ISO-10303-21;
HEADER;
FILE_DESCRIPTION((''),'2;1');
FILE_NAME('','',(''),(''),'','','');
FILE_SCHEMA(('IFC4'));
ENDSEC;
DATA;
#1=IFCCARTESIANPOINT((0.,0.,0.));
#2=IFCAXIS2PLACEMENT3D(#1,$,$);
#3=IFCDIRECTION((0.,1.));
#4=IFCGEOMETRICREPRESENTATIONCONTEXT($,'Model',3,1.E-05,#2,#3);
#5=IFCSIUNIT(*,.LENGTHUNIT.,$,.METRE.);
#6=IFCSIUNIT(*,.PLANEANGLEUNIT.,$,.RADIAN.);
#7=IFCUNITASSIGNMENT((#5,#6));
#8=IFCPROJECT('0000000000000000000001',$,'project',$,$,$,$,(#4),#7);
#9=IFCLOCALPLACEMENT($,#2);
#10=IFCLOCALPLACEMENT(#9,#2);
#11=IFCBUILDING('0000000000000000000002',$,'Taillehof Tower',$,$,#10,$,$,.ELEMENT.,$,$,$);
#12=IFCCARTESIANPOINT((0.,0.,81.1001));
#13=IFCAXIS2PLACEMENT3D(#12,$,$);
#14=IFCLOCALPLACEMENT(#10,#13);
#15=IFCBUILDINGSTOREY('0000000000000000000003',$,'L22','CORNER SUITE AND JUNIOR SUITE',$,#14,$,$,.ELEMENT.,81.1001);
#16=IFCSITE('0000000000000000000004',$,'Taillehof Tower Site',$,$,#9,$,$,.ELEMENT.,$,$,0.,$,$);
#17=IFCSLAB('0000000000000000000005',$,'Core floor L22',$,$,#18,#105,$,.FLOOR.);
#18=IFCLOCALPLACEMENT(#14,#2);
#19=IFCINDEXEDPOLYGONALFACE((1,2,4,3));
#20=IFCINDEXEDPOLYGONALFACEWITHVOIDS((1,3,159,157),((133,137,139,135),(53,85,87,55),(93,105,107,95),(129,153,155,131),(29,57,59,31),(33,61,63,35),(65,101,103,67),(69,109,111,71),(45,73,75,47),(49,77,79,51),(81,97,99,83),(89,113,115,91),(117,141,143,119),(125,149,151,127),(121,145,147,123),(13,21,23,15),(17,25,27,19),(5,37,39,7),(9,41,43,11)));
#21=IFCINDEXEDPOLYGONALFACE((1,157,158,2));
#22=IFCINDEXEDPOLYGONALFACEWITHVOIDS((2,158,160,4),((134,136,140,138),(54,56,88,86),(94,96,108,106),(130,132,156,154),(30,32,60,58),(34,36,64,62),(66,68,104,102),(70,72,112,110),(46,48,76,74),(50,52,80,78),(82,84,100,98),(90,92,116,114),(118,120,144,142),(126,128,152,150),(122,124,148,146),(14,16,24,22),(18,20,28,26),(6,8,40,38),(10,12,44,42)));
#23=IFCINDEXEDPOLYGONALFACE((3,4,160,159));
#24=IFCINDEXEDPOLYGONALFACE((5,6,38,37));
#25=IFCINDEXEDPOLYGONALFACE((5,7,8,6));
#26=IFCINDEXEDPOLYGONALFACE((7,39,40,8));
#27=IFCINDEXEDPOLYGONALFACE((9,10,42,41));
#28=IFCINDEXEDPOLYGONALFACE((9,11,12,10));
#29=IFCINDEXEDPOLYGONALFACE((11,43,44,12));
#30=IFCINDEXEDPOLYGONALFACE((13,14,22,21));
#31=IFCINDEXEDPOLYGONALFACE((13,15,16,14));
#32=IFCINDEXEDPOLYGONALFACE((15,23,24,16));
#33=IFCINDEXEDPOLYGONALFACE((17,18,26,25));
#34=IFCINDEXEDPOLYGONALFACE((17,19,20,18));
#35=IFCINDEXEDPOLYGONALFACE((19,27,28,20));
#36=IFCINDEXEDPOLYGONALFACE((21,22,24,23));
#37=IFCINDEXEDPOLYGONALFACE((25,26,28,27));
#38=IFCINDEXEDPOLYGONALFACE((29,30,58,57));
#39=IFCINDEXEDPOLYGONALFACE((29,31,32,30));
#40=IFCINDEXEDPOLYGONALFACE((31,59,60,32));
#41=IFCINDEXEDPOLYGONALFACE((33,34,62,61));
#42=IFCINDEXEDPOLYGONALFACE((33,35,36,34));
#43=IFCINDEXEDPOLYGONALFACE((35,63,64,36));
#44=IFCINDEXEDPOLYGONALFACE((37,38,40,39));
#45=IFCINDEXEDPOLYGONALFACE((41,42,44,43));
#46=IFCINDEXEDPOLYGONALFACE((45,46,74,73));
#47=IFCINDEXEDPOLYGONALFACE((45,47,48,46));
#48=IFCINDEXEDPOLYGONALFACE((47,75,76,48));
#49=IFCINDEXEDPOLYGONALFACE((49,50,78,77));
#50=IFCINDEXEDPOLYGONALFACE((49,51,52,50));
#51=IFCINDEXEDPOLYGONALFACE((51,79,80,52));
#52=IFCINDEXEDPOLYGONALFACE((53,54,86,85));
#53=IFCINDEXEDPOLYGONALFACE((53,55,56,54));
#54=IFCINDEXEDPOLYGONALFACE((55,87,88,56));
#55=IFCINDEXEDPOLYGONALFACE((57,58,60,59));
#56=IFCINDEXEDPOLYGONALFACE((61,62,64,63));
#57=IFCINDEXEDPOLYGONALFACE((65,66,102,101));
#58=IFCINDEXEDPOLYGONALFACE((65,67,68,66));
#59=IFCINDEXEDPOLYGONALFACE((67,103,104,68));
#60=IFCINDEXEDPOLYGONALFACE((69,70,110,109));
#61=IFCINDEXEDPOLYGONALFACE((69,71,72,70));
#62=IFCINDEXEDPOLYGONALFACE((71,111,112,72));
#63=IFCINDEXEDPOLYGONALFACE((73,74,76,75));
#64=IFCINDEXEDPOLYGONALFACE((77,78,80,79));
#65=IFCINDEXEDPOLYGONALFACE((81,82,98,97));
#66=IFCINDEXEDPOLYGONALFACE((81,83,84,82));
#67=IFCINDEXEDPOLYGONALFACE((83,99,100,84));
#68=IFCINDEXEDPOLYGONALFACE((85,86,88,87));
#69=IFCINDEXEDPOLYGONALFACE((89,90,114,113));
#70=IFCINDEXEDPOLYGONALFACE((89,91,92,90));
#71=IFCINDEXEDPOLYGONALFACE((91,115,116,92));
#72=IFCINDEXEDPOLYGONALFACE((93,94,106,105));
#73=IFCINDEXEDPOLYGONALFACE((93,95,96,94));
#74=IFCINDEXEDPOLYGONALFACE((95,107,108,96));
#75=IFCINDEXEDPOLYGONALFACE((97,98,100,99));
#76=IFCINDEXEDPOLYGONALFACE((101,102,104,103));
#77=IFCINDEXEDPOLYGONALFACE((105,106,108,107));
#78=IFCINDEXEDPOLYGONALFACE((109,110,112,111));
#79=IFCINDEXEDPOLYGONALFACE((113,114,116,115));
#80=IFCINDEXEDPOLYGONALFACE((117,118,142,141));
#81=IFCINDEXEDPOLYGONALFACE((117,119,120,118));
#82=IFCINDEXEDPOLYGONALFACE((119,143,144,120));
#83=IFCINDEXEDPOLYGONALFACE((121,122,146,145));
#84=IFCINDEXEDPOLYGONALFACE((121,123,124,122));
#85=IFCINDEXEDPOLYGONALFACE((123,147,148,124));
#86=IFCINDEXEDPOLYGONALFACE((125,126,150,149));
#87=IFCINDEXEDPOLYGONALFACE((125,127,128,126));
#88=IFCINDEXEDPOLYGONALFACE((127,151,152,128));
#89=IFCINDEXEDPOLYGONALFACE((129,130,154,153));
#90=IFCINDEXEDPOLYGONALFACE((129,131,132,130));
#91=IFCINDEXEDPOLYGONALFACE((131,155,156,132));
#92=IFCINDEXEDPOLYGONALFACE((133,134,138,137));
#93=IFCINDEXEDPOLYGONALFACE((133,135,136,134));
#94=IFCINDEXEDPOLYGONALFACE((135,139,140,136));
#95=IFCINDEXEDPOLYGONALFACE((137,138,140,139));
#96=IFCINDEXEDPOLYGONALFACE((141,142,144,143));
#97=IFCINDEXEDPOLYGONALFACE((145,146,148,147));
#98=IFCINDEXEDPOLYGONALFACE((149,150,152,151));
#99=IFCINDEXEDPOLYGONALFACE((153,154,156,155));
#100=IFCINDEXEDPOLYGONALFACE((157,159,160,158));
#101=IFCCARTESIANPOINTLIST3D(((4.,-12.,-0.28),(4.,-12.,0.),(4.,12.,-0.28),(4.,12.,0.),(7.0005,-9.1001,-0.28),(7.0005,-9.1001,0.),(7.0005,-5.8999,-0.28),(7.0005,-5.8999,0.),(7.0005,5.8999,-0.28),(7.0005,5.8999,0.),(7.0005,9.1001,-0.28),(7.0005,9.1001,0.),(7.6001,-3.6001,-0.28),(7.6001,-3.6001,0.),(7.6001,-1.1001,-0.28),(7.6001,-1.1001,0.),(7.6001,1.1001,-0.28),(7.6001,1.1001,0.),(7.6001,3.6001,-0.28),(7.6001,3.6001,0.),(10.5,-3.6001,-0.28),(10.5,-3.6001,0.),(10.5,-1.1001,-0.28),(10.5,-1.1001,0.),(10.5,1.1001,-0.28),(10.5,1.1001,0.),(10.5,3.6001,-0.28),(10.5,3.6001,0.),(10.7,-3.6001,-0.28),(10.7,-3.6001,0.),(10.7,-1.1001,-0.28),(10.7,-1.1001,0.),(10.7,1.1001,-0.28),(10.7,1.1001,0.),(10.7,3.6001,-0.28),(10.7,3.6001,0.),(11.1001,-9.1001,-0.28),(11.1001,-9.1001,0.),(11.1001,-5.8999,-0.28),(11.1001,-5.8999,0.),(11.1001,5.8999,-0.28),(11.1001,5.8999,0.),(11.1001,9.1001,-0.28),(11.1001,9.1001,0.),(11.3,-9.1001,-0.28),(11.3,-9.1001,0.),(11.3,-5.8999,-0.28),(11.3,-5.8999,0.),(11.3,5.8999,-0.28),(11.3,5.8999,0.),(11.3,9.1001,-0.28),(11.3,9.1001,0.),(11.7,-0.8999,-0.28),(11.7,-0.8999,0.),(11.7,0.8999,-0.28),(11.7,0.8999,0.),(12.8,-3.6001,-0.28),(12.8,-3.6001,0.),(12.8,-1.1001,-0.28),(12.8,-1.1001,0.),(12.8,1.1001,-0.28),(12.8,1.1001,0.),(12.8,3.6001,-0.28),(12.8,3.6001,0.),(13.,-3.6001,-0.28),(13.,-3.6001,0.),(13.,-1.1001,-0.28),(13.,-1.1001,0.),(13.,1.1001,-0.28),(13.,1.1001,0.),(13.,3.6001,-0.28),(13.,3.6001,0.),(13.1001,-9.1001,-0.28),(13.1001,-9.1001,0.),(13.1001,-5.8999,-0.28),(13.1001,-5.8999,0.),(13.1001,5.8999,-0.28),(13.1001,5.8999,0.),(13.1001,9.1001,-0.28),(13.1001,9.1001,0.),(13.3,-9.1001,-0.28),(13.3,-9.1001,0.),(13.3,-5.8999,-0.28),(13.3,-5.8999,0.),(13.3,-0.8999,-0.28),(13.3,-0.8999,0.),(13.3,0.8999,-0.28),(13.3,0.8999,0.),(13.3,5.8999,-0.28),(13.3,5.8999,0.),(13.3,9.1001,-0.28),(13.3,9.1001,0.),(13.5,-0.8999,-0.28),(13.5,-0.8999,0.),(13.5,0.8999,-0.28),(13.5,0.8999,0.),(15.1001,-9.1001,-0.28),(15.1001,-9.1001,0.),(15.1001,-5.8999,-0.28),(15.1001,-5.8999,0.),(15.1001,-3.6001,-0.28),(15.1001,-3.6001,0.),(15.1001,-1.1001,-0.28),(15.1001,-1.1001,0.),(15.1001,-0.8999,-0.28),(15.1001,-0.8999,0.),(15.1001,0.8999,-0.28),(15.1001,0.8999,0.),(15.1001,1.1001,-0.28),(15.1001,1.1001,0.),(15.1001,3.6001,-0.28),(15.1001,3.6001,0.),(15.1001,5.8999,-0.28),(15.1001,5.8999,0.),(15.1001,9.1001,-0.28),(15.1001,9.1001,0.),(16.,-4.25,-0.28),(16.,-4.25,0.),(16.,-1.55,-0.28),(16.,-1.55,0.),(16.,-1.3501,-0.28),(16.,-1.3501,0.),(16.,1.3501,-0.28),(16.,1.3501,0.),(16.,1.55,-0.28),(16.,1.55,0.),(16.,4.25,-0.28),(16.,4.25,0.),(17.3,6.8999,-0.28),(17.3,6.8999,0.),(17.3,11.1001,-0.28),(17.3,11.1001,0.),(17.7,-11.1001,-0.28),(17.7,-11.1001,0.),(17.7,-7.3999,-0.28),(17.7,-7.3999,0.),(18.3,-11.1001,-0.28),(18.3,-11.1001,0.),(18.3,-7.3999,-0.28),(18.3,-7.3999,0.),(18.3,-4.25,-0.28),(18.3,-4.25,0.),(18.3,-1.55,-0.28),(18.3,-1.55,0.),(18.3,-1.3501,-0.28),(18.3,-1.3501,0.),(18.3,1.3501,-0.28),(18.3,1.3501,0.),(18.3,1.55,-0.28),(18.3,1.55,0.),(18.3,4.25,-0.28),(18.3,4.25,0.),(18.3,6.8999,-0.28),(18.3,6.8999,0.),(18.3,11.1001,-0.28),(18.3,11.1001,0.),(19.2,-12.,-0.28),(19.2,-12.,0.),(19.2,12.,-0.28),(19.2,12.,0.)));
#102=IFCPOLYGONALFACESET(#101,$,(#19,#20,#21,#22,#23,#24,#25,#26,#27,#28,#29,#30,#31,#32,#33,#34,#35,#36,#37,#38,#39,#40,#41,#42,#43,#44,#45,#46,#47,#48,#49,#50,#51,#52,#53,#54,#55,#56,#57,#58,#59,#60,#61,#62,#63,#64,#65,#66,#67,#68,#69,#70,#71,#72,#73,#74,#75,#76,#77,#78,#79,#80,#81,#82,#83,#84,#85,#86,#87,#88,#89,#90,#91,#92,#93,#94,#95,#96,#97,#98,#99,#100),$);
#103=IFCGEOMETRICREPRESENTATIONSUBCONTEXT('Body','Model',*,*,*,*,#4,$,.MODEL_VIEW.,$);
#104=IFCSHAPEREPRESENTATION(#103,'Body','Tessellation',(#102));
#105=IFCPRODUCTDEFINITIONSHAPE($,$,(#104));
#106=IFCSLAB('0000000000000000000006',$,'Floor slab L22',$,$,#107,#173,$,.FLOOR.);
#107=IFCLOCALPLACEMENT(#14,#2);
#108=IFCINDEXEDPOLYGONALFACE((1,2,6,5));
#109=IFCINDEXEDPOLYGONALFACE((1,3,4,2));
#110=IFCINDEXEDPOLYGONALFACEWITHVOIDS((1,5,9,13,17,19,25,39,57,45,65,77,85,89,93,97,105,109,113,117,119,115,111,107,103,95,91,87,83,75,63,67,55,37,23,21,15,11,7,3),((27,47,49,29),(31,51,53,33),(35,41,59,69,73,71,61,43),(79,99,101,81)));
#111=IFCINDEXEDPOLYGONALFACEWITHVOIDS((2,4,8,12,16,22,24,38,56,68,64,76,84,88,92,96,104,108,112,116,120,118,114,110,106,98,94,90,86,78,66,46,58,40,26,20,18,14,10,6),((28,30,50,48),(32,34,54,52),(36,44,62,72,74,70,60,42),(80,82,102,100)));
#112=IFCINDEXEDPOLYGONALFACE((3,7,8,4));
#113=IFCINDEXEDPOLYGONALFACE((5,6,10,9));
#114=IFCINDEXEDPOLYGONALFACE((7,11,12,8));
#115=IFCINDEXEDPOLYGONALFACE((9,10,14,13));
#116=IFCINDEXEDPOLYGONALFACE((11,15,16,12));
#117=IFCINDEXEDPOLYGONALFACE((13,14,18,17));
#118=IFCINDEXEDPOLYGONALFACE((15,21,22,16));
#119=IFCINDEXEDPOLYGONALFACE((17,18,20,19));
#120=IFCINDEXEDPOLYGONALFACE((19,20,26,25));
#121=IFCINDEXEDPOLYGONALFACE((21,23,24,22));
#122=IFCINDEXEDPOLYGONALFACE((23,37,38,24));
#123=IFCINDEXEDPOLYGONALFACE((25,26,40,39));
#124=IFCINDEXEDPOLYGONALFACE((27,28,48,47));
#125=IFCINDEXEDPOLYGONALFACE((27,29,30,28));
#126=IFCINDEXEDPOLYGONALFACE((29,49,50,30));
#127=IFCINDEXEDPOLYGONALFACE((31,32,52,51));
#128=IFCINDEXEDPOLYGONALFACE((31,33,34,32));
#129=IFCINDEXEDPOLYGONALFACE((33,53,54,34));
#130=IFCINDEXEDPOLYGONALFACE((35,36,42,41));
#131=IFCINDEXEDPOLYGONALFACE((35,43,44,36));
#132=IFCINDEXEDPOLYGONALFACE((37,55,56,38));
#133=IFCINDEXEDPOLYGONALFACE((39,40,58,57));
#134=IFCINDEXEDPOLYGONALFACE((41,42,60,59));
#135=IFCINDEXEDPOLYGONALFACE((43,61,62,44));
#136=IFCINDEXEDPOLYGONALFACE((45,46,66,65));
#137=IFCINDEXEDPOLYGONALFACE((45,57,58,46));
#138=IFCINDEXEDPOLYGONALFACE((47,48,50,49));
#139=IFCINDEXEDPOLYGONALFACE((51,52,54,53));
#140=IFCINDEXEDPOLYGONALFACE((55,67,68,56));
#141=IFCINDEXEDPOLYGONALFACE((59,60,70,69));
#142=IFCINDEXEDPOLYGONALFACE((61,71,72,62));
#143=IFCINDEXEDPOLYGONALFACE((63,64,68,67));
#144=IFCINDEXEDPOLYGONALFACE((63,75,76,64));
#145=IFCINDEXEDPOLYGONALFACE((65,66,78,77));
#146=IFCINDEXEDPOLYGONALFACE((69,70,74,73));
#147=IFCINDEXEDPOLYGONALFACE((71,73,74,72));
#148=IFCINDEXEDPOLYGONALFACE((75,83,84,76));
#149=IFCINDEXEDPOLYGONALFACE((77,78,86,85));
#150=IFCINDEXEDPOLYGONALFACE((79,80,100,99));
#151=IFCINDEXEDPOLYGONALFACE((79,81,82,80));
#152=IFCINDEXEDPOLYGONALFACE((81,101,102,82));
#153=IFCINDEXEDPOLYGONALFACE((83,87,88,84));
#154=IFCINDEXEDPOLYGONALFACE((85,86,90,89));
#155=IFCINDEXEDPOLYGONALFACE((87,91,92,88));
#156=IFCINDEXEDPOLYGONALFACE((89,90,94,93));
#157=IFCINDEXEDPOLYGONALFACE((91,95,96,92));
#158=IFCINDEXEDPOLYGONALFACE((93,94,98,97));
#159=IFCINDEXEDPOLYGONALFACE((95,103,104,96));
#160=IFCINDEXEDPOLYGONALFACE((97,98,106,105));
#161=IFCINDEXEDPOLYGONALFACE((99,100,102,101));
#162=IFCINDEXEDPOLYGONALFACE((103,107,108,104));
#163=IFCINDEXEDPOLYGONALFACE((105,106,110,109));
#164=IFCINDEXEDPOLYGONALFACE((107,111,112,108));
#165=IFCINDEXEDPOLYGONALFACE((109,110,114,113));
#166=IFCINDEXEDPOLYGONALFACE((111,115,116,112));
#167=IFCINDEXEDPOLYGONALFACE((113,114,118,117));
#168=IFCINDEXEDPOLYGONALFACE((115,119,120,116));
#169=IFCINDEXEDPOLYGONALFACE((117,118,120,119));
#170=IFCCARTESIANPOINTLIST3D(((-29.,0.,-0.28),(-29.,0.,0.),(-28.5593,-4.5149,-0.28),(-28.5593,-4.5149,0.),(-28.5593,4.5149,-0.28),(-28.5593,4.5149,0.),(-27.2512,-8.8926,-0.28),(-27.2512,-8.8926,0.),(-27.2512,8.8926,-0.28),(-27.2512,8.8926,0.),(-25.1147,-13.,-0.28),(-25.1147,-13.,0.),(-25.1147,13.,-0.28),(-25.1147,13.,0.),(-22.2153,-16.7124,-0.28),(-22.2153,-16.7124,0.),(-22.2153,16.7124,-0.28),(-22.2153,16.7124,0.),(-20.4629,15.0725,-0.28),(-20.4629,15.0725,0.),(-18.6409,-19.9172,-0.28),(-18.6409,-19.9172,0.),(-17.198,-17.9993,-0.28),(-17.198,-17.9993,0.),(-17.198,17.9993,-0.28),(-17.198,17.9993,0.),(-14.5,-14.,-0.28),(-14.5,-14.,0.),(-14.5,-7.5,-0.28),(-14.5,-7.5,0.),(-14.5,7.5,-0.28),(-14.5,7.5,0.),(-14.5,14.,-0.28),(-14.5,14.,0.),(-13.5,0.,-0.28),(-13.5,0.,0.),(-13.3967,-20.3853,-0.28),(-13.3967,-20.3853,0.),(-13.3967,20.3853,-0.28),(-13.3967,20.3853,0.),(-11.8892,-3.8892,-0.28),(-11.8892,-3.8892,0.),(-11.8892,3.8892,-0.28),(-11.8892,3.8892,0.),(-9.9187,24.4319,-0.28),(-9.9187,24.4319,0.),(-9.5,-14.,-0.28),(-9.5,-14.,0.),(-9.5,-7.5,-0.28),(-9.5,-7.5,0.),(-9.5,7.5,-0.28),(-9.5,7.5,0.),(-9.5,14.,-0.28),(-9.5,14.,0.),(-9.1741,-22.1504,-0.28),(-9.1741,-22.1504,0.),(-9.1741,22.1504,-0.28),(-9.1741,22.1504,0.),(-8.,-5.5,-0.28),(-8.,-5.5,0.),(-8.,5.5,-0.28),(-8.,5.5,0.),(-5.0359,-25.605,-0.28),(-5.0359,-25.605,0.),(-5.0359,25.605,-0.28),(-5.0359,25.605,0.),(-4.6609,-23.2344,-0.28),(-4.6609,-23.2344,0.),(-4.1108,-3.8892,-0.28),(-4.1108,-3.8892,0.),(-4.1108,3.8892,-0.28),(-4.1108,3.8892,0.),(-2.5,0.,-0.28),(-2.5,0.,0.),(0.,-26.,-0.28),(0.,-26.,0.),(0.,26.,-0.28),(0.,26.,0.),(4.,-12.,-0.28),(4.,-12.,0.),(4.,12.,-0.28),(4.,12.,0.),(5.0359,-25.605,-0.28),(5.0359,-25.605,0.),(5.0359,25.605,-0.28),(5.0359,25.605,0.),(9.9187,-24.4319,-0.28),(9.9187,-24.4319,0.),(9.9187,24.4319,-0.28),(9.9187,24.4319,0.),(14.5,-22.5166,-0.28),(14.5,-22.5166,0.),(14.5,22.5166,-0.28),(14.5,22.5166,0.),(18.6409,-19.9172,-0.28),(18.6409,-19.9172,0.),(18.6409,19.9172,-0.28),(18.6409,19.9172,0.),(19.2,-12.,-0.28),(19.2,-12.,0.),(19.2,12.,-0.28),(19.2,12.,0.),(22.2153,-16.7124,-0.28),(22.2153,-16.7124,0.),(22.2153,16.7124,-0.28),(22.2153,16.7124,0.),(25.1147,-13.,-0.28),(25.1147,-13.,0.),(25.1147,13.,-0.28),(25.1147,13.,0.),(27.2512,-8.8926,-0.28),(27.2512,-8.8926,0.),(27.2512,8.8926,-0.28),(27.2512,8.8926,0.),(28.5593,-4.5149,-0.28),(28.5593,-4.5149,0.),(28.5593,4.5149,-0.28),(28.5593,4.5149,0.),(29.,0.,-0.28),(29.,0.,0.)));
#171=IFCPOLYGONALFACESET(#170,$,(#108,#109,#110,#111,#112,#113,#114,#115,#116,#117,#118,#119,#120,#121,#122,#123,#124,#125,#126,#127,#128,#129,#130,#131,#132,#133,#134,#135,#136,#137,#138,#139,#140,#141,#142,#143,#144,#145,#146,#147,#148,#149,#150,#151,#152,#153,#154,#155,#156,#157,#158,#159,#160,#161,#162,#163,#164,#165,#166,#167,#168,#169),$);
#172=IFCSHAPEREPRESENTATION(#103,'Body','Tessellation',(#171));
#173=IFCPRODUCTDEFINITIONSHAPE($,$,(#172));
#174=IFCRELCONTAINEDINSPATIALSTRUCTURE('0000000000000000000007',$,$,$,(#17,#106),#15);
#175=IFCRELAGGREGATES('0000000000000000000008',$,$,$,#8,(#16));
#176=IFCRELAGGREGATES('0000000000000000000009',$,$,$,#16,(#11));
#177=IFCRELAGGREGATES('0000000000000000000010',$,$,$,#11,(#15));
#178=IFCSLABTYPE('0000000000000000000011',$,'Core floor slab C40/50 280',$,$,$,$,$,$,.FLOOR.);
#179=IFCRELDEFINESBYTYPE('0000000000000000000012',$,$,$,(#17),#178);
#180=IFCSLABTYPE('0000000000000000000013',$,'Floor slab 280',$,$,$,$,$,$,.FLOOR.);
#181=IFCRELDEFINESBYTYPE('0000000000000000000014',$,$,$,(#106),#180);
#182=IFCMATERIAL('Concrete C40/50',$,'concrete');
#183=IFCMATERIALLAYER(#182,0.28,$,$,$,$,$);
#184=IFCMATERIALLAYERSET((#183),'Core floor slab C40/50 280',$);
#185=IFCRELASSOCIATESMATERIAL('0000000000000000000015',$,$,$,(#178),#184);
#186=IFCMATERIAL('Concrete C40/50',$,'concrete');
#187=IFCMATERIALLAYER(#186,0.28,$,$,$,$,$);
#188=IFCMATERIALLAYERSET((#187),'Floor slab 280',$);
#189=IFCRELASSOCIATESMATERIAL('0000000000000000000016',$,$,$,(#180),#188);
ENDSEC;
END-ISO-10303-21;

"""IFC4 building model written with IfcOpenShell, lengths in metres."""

from ifc_helpers import new_model, si_unit, direction, frame, origin, place, context, subcontext, project, spatial, polyline, outline, extrude, material, layer, layer_set, type_object, element, save


model = new_model("IFC4")

# Units and contexts
model_context = context("Model", 3, precision=1e-05, world=origin(), true_north=direction((0.0, 1.0)))
body_context = subcontext(model_context, "Body", "Model", "MODEL_VIEW")
ifc_project = project(units=[si_unit("LENGTHUNIT", "METRE"), si_unit("PLANEANGLEUNIT", "RADIAN")], contexts=[model_context])

# Site, building, storey
site_placement = place(None, origin())
site = spatial("IfcSite", under=ifc_project, at=site_placement, Name="Taillehof Tower Site", CompositionType="ELEMENT", RefElevation=0.0)
building_placement = place(site_placement, origin())
building = spatial("IfcBuilding", under=site, at=building_placement, Name="Taillehof Tower", CompositionType="ELEMENT")
storey_placement = place(building_placement, frame((0.0, 0.0, 81.1001)))
storey = spatial("IfcBuildingStorey", under=building, at=storey_placement, Name="L22", Description="CORNER SUITE AND JUNIOR SUITE", CompositionType="ELEMENT", Elevation=81.1001)

# Slabs
ifc_material_1 = material(Name="Concrete C40/50", Category="concrete")
ifc_layer_1 = layer(ifc_material_1, 0.28)
ifc_layer_set_1 = layer_set([ifc_layer_1], Name="Core floor slab C40/50 280")
slab_type_1 = type_object("IfcSlabType", Name="Core floor slab C40/50 280", PredefinedType="FLOOR", material=ifc_layer_set_1)
slab_1_placement = place(storey_placement, frame((0.0, 0.0, -0.28)))
element("IfcSlab", 1, at=slab_1_placement, inside=storey, type_object=slab_type_1, Name="Core floor L22", PredefinedType="FLOOR", context=body_context, shape_type="SweptSolid", body=[
    extrude(outline(polyline([(4.0, -12.0), (4.0, 12.0), (19.2, 12.0), (19.2, -12.0), (4.0, -12.0)]), holes=[polyline([(7.0005, -9.1001), (11.1001, -9.1001), (11.1001, -5.8999), (7.0005, -5.8999), (7.0005, -9.1001)]), polyline([(13.1001, -9.1001), (13.1001, -5.8999), (11.3, -5.8999), (11.3, -9.1001), (13.1001, -9.1001)]), polyline([(10.5, -3.6001), (10.5, -1.1001), (7.6001, -1.1001), (7.6001, -3.6001), (10.5, -3.6001)]), polyline([(12.8, -3.6001), (12.8, -1.1001), (10.7, -1.1001), (10.7, -3.6001), (12.8, -3.6001)]), polyline([(13.3, -0.8999), (13.3, 0.8999), (11.7, 0.8999), (11.7, -0.8999), (13.3, -0.8999)]), polyline([(10.5, 1.1001), (10.5, 3.6001), (7.6001, 3.6001), (7.6001, 1.1001), (10.5, 1.1001)]), polyline([(12.8, 1.1001), (12.8, 3.6001), (10.7, 3.6001), (10.7, 1.1001), (12.8, 1.1001)]), polyline([(13.0, 1.1001), (15.1001, 1.1001), (15.1001, 3.6001), (13.0, 3.6001), (13.0, 1.1001)]), polyline([(11.3, 5.8999), (13.1001, 5.8999), (13.1001, 9.1001), (11.3, 9.1001), (11.3, 5.8999)]), polyline([(11.1001, 5.8999), (11.1001, 9.1001), (7.0005, 9.1001), (7.0005, 5.8999), (11.1001, 5.8999)]), polyline([(18.3, -11.1001), (18.3, -7.3999), (17.7, -7.3999), (17.7, -11.1001), (18.3, -11.1001)]), polyline([(15.1001, -9.1001), (15.1001, -5.8999), (13.3, -5.8999), (13.3, -9.1001), (15.1001, -9.1001)]), polyline([(16.0, -4.25), (18.3, -4.25), (18.3, -1.55), (16.0, -1.55), (16.0, -4.25)]), polyline([(13.0, -3.6001), (15.1001, -3.6001), (15.1001, -1.1001), (13.0, -1.1001), (13.0, -3.6001)]), polyline([(15.1001, -0.8999), (15.1001, 0.8999), (13.5, 0.8999), (13.5, -0.8999), (15.1001, -0.8999)]), polyline([(18.3, -1.3501), (18.3, 1.3501), (16.0, 1.3501), (16.0, -1.3501), (18.3, -1.3501)]), polyline([(18.3, 1.55), (18.3, 4.25), (16.0, 4.25), (16.0, 1.55), (18.3, 1.55)]), polyline([(13.3, 5.8999), (15.1001, 5.8999), (15.1001, 9.1001), (13.3, 9.1001), (13.3, 5.8999)]), polyline([(17.3, 6.8999), (18.3, 6.8999), (18.3, 11.1001), (17.3, 11.1001), (17.3, 6.8999)])]), origin(), (0.0, 0.0, 1.0), 0.28),
])
ifc_material_2 = material(Name="Concrete C40/50", Category="concrete")
ifc_layer_2 = layer(ifc_material_2, 0.28)
ifc_layer_set_2 = layer_set([ifc_layer_2], Name="Floor slab 280")
slab_type_2 = type_object("IfcSlabType", Name="Floor slab 280", PredefinedType="FLOOR", material=ifc_layer_set_2)
slab_2_placement = place(storey_placement, frame((0.0, 0.0, -0.28)))
element("IfcSlab", 2, at=slab_2_placement, inside=storey, type_object=slab_type_2, Name="Floor slab L22", PredefinedType="FLOOR", context=body_context, shape_type="SweptSolid", body=[
    extrude(outline(polyline([(29.0, 0.0), (28.5593, 4.5149), (27.2512, 8.8926), (25.1147, 13.0), (22.2153, 16.7124), (18.6409, 19.9172), (14.5, 22.5166), (9.9187, 24.4319), (5.0359, 25.605), (0.0, 26.0), (-5.0359, 25.605), (-9.9187, 24.4319), (-9.1741, 22.1504), (-13.3967, 20.3853), (-17.198, 17.9993), (-20.4629, 15.0725), (-22.2153, 16.7124), (-25.1147, 13.0), (-27.2512, 8.8926), (-28.5593, 4.5149), (-29.0, 0.0), (-28.5593, -4.5149), (-27.2512, -8.8926), (-25.1147, -13.0), (-22.2153, -16.7124), (-18.6409, -19.9172), (-17.198, -17.9993), (-13.3967, -20.3853), (-9.1741, -22.1504), (-4.6609, -23.2344), (-5.0359, -25.605), (0.0, -26.0), (5.0359, -25.605), (9.9187, -24.4319), (14.5, -22.5166), (18.6409, -19.9172), (22.2153, -16.7124), (25.1147, -13.0), (27.2512, -8.8926), (28.5593, -4.5149), (29.0, 0.0)]), holes=[polyline([(-14.5, -7.5), (-9.5, -7.5), (-9.5, -14.0), (-14.5, -14.0), (-14.5, -7.5)]), polyline([(-8.0, -5.5), (-11.8892, -3.8892), (-13.5, 0.0), (-11.8892, 3.8892), (-8.0, 5.5), (-4.1108, 3.8892), (-2.5, 0.0), (-4.1108, -3.8892), (-8.0, -5.5)]), polyline([(19.2, 12.0), (19.2, -12.0), (4.0, -12.0), (4.0, 12.0), (19.2, 12.0)]), polyline([(-14.5, 14.0), (-9.5, 14.0), (-9.5, 7.5), (-14.5, 7.5), (-14.5, 14.0)])]), origin(), (0.0, 0.0, 1.0), 0.28),
])

save(model, "model.ifc")
